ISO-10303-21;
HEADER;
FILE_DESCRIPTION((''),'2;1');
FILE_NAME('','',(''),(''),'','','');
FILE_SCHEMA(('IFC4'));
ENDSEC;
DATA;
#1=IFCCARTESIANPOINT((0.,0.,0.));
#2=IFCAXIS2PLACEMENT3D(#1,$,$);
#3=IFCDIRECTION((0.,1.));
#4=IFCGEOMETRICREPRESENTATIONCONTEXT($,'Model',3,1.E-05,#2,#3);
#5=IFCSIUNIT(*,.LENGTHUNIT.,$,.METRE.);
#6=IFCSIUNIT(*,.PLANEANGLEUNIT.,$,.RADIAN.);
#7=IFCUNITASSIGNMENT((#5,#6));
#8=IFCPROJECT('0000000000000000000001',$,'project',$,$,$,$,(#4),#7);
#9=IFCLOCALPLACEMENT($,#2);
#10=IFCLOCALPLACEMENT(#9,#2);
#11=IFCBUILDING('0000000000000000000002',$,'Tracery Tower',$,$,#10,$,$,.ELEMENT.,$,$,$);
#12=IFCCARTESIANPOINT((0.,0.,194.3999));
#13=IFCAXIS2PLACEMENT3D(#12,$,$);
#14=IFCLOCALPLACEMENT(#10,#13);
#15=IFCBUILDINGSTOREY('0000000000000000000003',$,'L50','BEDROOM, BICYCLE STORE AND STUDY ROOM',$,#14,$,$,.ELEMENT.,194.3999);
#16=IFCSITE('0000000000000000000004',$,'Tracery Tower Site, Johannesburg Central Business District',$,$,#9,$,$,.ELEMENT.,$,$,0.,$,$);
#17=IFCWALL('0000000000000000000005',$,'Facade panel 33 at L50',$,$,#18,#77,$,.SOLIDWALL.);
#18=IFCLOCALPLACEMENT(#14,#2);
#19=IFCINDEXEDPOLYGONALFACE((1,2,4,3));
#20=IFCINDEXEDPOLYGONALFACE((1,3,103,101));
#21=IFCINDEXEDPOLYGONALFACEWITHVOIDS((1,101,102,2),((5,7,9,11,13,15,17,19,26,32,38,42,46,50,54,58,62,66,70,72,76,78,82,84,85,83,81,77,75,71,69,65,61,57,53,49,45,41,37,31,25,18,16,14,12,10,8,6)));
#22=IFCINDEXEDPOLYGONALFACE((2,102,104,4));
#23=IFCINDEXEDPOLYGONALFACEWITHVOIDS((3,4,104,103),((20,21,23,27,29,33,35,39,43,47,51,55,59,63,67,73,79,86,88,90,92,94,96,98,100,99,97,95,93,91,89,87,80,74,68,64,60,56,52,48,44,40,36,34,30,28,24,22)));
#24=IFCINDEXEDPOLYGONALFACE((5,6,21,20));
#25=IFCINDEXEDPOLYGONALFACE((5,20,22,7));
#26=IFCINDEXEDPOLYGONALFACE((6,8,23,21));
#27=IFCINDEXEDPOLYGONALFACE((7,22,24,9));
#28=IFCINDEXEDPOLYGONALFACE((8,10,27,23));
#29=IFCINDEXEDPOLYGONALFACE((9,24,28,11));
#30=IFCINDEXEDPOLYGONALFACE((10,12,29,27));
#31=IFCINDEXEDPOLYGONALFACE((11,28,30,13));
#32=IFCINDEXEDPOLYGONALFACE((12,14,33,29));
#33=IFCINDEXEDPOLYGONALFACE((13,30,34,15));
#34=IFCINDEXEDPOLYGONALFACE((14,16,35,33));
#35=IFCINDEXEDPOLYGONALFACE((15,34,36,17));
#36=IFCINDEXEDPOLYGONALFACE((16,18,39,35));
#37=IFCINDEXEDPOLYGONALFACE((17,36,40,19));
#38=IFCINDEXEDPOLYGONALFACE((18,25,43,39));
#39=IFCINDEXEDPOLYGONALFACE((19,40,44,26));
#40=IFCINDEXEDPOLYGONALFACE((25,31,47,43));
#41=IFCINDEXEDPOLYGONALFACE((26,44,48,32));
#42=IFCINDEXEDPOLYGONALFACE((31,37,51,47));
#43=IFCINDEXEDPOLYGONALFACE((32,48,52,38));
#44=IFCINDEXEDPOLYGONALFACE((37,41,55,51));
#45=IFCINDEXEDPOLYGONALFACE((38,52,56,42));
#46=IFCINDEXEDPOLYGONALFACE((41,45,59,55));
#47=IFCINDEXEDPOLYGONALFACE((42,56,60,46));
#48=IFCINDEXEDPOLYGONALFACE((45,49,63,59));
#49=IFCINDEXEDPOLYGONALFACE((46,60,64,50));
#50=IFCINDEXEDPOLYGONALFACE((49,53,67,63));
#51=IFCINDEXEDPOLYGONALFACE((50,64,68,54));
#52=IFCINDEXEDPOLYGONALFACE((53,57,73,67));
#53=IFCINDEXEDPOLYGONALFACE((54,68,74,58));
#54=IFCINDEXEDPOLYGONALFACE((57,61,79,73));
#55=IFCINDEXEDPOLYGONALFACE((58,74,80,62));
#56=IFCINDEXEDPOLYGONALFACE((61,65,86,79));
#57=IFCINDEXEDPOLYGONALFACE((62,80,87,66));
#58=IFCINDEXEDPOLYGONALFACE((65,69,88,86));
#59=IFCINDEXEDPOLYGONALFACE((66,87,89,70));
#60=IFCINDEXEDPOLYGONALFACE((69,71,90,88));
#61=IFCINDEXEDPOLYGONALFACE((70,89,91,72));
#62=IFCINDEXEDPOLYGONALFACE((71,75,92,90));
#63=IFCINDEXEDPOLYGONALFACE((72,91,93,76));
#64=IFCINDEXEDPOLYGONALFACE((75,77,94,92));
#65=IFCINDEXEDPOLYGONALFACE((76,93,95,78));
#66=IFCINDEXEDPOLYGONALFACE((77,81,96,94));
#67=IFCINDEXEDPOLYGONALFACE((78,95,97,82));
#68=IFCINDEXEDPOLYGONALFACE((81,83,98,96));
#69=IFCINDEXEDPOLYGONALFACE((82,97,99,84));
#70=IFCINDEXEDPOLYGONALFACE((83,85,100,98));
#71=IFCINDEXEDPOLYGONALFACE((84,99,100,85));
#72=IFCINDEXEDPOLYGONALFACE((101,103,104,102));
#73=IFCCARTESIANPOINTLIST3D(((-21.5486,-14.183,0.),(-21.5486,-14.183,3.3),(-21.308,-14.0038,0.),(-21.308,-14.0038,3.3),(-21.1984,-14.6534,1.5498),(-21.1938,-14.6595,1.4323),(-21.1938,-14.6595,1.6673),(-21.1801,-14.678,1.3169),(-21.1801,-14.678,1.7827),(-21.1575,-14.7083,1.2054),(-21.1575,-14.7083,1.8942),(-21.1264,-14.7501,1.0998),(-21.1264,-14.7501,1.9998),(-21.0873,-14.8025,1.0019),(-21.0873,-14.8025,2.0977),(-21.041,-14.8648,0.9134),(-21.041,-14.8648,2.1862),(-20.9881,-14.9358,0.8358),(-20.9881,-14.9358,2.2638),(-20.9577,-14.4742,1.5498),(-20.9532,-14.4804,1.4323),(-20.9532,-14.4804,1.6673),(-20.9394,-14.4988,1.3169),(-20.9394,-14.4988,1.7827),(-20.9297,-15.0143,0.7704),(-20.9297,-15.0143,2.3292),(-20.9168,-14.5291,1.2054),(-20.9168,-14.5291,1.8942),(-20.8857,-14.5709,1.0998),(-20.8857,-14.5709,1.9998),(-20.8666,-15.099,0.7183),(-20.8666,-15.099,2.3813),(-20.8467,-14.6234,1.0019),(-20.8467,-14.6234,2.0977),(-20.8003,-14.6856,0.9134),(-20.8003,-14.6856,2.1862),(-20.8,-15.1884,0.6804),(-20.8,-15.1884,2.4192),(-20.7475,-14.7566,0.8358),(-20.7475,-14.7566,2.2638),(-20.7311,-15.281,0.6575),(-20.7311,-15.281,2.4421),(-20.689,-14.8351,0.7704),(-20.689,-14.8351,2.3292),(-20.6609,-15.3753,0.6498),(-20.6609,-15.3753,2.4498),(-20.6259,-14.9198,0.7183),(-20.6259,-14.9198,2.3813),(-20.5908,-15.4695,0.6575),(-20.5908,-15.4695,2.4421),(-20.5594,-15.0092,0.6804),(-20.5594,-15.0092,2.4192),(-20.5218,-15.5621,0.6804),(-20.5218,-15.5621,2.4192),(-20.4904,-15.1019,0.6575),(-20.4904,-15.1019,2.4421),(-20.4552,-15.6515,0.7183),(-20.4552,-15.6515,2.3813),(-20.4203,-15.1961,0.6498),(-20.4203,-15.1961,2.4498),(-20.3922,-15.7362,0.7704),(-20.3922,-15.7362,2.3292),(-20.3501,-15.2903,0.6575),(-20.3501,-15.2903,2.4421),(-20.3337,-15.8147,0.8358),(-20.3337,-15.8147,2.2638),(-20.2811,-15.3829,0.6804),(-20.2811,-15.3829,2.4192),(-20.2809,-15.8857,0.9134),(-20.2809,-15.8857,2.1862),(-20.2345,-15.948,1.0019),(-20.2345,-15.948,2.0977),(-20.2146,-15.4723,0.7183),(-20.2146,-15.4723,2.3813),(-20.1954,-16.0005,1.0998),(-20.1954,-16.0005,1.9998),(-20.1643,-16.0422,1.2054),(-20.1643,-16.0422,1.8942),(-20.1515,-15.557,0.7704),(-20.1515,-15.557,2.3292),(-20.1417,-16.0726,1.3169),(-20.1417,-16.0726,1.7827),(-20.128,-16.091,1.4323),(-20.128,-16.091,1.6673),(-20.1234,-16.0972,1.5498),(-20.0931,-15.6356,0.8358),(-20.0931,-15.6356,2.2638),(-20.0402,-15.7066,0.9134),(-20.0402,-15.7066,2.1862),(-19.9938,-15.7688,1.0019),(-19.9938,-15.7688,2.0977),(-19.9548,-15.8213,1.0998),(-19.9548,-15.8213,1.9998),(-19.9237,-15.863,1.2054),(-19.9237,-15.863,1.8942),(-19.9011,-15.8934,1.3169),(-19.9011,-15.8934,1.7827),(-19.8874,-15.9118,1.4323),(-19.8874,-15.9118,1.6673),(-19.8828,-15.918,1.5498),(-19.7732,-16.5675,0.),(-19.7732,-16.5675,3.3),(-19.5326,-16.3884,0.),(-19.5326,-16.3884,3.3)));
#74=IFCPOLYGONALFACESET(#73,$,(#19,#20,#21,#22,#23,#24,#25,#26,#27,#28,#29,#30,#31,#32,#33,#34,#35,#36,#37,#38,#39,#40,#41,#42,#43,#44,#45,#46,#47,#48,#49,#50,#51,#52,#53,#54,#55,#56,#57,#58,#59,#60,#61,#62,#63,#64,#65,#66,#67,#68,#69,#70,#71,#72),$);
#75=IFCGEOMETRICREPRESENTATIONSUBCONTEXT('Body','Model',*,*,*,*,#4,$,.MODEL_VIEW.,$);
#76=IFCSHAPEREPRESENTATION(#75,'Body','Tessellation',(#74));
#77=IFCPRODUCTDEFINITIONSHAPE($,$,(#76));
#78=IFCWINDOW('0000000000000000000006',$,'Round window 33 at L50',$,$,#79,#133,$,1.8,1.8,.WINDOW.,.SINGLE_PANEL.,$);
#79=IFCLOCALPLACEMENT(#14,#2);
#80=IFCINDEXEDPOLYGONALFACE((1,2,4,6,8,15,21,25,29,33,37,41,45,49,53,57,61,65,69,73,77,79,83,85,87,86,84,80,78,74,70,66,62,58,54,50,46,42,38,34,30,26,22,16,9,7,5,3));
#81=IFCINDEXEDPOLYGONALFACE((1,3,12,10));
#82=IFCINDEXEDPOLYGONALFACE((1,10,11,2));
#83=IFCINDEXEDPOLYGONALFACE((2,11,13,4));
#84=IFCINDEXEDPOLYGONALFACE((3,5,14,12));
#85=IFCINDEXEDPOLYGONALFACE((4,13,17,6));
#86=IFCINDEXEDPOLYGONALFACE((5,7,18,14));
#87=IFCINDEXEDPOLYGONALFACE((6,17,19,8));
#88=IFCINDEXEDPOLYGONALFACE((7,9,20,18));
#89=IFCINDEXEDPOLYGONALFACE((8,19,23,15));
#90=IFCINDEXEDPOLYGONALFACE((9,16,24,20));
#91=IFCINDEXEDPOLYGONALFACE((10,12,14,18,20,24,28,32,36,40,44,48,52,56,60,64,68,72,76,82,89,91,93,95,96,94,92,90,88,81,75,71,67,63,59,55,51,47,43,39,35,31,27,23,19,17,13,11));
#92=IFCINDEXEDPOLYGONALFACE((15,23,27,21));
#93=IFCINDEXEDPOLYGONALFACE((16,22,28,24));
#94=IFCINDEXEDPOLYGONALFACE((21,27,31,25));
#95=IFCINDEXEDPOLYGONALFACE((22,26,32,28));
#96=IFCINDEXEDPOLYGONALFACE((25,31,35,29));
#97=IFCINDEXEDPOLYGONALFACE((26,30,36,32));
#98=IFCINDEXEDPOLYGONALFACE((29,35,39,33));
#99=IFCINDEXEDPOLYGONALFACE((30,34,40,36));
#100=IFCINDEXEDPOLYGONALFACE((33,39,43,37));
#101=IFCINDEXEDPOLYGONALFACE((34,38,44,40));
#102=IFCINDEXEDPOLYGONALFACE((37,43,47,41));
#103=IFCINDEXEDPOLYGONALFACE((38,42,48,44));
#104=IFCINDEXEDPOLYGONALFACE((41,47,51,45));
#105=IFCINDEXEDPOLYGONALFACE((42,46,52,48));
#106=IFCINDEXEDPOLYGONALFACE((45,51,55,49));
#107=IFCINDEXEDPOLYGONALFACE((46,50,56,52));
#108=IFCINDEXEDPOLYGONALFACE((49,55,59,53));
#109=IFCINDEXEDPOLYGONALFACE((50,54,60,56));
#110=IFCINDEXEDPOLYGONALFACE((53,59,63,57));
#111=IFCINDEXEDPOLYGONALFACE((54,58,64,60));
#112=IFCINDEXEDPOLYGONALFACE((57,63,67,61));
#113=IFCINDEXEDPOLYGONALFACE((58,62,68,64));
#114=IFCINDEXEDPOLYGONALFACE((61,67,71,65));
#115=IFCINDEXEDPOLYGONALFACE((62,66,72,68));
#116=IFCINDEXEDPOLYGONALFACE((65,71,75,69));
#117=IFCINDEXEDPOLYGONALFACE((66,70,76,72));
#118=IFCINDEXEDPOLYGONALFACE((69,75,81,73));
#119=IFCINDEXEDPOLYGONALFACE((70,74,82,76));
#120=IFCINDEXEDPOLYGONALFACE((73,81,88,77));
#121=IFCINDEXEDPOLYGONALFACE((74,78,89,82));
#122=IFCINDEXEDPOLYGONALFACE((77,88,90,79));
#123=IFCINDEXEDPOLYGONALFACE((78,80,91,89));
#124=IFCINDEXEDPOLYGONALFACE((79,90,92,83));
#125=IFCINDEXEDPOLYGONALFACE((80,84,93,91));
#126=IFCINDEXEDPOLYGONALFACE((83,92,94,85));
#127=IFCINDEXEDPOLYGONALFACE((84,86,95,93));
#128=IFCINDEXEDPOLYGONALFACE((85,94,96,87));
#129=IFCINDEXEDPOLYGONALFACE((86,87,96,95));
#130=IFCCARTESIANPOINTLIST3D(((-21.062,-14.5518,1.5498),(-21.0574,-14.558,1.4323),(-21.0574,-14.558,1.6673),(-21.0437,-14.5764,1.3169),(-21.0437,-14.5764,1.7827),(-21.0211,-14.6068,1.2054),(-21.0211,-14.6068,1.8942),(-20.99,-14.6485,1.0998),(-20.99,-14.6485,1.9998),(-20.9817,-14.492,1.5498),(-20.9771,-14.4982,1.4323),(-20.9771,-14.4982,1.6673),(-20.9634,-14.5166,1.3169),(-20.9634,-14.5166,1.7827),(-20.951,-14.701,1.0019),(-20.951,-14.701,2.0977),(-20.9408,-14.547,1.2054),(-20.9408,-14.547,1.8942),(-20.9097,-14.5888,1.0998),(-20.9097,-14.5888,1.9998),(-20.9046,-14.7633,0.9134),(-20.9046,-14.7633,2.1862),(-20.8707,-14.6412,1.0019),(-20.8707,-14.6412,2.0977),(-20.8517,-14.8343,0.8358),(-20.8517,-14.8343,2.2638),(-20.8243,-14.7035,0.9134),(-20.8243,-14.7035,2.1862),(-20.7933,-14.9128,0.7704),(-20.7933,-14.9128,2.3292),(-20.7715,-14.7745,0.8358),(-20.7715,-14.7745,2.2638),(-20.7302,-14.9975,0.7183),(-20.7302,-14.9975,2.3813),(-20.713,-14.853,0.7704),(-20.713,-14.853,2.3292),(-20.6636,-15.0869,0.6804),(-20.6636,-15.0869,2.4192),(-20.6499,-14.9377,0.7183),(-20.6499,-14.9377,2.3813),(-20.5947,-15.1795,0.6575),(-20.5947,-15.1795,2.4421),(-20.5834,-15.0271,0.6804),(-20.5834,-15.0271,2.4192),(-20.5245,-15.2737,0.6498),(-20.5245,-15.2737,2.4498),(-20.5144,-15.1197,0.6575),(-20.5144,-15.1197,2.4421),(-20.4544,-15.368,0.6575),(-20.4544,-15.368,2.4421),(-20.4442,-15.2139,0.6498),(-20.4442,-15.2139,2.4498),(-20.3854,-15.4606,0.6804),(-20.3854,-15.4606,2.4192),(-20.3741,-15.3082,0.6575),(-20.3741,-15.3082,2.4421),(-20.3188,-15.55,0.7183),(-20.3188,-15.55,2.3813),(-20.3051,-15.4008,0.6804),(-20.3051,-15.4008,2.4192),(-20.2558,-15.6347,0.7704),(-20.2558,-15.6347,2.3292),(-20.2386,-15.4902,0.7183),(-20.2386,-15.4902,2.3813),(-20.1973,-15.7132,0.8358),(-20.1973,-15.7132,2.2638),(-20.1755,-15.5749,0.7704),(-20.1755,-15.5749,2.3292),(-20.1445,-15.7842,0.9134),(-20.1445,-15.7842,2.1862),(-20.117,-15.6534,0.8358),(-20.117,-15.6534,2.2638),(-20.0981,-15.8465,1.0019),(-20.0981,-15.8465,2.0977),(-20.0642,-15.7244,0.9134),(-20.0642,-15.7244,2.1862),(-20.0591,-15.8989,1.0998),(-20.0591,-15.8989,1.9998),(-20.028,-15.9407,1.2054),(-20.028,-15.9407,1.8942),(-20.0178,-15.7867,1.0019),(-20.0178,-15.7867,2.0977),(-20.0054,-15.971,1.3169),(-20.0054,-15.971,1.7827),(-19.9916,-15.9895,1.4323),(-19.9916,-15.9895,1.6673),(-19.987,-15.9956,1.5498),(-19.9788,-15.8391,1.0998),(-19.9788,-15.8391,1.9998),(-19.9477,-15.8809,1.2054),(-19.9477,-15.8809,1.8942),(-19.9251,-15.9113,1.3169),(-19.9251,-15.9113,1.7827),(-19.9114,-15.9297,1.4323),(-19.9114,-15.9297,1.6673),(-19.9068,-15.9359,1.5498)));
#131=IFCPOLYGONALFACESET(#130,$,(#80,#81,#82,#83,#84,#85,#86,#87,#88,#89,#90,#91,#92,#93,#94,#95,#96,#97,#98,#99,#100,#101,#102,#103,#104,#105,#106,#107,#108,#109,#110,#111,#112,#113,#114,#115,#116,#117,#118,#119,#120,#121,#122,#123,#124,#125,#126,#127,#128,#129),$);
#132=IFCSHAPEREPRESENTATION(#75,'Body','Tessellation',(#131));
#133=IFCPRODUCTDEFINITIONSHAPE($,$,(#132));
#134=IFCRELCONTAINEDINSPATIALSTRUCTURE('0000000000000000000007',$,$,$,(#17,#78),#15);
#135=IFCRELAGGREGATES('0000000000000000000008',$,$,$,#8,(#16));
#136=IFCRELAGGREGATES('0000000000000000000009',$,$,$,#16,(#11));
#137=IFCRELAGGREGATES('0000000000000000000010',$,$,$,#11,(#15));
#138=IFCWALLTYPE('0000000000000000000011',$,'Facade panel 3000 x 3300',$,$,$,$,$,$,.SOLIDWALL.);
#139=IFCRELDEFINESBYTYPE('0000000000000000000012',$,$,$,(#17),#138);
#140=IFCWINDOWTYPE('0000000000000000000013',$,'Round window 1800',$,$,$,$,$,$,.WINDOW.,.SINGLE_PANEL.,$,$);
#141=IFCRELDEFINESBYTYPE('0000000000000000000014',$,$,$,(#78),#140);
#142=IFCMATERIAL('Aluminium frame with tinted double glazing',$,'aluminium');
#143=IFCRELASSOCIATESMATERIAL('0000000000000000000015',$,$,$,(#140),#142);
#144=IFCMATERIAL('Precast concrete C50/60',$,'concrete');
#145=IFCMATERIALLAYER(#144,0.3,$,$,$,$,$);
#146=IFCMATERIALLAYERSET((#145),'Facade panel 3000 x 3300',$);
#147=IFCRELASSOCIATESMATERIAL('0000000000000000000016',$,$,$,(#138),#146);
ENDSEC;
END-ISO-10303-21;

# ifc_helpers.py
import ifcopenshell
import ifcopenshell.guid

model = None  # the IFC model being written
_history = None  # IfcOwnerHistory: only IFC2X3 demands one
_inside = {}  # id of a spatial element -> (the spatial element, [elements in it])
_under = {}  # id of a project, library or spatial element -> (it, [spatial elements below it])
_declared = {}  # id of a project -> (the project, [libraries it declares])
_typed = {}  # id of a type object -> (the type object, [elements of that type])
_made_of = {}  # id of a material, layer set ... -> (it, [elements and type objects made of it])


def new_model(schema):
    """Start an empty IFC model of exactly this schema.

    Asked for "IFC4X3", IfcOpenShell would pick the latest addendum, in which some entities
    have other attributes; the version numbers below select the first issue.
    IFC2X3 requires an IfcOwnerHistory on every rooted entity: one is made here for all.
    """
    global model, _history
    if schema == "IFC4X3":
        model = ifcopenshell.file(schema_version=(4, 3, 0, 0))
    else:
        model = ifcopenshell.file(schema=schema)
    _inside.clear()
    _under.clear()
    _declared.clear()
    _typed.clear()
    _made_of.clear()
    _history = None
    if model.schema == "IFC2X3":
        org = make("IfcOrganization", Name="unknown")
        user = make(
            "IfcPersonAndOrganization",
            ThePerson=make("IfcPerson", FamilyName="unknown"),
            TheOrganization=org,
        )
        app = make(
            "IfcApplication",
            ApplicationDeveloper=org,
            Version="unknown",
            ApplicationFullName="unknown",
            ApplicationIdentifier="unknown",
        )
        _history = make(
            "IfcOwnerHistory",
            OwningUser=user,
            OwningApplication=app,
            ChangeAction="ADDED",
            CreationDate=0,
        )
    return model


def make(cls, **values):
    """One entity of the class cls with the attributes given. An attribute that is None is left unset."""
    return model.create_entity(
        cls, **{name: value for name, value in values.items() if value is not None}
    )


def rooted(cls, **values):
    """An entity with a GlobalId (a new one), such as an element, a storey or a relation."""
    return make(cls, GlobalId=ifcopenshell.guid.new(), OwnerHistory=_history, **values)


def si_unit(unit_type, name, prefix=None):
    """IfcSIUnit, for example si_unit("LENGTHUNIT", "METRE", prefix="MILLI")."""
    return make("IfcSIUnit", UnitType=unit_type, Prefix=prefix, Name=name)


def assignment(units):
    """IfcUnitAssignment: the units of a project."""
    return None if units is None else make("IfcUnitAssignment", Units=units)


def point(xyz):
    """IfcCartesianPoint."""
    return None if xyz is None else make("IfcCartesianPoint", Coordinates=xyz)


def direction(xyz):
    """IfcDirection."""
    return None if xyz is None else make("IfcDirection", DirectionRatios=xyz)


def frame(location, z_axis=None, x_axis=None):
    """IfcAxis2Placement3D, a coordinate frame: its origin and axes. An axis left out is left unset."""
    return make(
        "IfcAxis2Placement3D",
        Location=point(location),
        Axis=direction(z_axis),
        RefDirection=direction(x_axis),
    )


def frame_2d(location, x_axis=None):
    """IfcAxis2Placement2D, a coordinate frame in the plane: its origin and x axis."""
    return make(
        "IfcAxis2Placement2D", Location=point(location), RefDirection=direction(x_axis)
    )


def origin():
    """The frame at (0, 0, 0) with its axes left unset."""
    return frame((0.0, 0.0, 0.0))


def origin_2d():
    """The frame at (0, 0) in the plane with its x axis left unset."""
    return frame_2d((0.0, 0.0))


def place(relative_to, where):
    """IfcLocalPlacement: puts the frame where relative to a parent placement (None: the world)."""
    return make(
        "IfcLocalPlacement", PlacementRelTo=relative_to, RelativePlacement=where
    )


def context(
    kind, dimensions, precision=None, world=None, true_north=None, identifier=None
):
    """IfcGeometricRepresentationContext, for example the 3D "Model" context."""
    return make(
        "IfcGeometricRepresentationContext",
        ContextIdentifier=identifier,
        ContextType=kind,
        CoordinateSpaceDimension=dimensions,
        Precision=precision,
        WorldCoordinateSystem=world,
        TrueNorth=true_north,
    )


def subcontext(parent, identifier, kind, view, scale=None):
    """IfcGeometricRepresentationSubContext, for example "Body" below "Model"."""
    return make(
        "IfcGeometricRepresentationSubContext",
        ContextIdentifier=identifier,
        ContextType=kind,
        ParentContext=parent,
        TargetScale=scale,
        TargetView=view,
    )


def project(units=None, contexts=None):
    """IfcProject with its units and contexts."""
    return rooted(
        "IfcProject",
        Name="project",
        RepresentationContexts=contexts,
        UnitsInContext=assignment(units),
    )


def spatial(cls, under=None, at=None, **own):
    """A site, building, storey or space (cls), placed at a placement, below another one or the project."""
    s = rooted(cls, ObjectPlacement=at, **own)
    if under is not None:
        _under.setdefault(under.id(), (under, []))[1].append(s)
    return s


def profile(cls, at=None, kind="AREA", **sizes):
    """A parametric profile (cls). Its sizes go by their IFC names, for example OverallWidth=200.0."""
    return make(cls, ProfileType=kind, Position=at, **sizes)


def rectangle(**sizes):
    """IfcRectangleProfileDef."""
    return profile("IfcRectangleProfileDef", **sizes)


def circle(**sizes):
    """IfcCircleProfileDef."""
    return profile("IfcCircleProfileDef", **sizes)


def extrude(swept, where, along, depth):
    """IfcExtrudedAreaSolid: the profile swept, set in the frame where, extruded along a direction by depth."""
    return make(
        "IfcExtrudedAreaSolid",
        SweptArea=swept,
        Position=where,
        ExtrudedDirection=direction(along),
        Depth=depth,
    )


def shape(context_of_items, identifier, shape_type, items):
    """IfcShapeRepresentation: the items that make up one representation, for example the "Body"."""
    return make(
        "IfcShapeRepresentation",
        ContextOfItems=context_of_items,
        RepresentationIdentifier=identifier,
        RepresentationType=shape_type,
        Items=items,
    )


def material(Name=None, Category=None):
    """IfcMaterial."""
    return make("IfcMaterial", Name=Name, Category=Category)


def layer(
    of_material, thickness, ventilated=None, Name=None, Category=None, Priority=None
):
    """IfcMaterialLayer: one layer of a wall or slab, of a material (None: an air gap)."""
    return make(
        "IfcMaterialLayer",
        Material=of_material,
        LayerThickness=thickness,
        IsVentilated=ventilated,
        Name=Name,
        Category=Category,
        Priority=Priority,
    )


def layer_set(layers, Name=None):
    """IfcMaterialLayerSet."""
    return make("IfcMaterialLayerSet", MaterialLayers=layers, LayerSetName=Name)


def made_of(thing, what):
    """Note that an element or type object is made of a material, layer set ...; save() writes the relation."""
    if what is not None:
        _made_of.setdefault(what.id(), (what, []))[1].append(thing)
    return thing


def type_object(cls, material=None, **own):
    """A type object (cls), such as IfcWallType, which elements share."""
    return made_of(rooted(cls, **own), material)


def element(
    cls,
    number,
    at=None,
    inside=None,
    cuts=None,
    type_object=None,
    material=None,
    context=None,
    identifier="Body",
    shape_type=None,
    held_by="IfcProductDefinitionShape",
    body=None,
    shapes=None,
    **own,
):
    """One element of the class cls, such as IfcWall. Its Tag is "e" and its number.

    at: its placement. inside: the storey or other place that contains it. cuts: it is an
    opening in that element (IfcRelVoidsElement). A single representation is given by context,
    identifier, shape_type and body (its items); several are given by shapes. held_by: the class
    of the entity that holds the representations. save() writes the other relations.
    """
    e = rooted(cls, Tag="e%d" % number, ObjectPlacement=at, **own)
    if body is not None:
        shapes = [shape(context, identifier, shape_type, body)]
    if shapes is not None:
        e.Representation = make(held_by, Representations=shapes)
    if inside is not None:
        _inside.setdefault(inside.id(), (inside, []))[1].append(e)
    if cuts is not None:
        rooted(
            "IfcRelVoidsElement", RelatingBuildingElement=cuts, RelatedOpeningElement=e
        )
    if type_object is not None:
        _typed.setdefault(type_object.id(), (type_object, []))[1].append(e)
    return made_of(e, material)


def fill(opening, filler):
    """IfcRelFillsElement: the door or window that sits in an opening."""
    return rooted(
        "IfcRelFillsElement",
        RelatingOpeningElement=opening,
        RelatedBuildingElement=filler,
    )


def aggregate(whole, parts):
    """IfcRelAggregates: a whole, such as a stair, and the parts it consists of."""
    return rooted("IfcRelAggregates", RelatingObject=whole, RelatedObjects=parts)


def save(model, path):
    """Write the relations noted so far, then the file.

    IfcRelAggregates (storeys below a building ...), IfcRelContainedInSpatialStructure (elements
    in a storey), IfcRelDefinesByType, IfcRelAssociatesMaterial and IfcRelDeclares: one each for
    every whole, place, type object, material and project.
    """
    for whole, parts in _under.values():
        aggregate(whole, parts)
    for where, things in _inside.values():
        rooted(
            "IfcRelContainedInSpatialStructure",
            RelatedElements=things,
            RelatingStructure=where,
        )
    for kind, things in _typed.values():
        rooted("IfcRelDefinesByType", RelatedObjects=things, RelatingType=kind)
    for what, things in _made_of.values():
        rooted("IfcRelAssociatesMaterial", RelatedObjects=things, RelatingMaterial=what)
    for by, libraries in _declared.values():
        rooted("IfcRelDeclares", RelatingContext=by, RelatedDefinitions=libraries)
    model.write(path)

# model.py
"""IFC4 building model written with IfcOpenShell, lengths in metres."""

from ifc_helpers import new_model, si_unit, direction, frame, frame_2d, origin, origin_2d, place, context, subcontext, project, spatial, rectangle, circle, extrude, material, layer, layer_set, type_object, element, fill, save


model = new_model("IFC4")

# Units and contexts
model_context = context("Model", 3, precision=1e-05, world=origin(), true_north=direction((0.0, 1.0)))
body_context = subcontext(model_context, "Body", "Model", "MODEL_VIEW")
ifc_project = project(units=[si_unit("LENGTHUNIT", "METRE"), si_unit("PLANEANGLEUNIT", "RADIAN")], contexts=[model_context])

# Site, building, storey
site_placement = place(None, origin())
site = spatial("IfcSite", under=ifc_project, at=site_placement, Name="Tracery Tower Site, Johannesburg Central Business District", CompositionType="ELEMENT", RefElevation=0.0)
building_placement = place(site_placement, origin())
building = spatial("IfcBuilding", under=site, at=building_placement, Name="Tracery Tower", CompositionType="ELEMENT")
storey_placement = place(building_placement, frame((0.0, 0.0, 194.3999)))
storey = spatial("IfcBuildingStorey", under=building, at=storey_placement, Name="L50", Description="BEDROOM, BICYCLE STORE AND STUDY ROOM", CompositionType="ELEMENT", Elevation=194.3999)

# Wall, opening, window
ifc_material_1 = material(Name="Aluminium frame with tinted double glazing", Category="aluminium")
window_type = type_object("IfcWindowType", Name="Round window 1800", PartitioningType="SINGLE_PANEL", PredefinedType="WINDOW", material=ifc_material_1)
ifc_material_2 = material(Name="Precast concrete C50/60", Category="concrete")
ifc_layer_1 = layer(ifc_material_2, 0.3)
ifc_layer_set_1 = layer_set([ifc_layer_1], Name="Facade panel 3000 x 3300")
wall_type_1 = type_object("IfcWallType", Name="Facade panel 3000 x 3300", PredefinedType="SOLIDWALL", material=ifc_layer_set_1)
wall_1_placement = place(storey_placement, frame((-21.4282, -14.0935, 0.0), z_axis=(0.0, 0.0, 1.0), x_axis=(0.597198, -0.802094, 0.0)))
wall_1 = element("IfcWall", 1, at=wall_1_placement, inside=storey, type_object=wall_type_1, Name="Facade panel 33 at L50", PredefinedType="SOLIDWALL", context=body_context, shape_type="SweptSolid", body=[
    extrude(rectangle(XDim=2.9729, YDim=0.3, at=frame_2d((1.4863, 0.0))), origin(), (0.0, 0.0, 1.0), 3.3),
])
opening_1_placement = place(wall_1_placement, frame((1.4863, 0.0, 1.5498)))
opening_1 = element("IfcOpeningElement", 2, at=opening_1_placement, cuts=wall_1, PredefinedType="OPENING", context=body_context, shape_type="SweptSolid", body=[
    extrude(circle(Radius=0.9, at=origin_2d()), frame((0.0, 0.1599, 0.0), z_axis=(0.0, -1.0, 0.0), x_axis=(1.0, 0.0, 0.0)), (0.0, 0.0, 1.0), 0.3201),
])
window_1_placement = place(opening_1_placement, origin())
window_1 = element("IfcWindow", 3, at=window_1_placement, inside=storey, type_object=window_type, Name="Round window 33 at L50", OverallHeight=1.8, OverallWidth=1.8, PartitioningType="SINGLE_PANEL", PredefinedType="WINDOW", context=body_context, shape_type="SweptSolid", body=[
    extrude(circle(Radius=0.9, at=origin_2d()), frame((0.0, 0.1201, 0.0), z_axis=(0.0, -1.0, 0.0), x_axis=(1.0, 0.0, 0.0)), (0.0, 0.0, 1.0), 0.1001),
])
fill(opening_1, window_1)

save(model, "model.ifc")
